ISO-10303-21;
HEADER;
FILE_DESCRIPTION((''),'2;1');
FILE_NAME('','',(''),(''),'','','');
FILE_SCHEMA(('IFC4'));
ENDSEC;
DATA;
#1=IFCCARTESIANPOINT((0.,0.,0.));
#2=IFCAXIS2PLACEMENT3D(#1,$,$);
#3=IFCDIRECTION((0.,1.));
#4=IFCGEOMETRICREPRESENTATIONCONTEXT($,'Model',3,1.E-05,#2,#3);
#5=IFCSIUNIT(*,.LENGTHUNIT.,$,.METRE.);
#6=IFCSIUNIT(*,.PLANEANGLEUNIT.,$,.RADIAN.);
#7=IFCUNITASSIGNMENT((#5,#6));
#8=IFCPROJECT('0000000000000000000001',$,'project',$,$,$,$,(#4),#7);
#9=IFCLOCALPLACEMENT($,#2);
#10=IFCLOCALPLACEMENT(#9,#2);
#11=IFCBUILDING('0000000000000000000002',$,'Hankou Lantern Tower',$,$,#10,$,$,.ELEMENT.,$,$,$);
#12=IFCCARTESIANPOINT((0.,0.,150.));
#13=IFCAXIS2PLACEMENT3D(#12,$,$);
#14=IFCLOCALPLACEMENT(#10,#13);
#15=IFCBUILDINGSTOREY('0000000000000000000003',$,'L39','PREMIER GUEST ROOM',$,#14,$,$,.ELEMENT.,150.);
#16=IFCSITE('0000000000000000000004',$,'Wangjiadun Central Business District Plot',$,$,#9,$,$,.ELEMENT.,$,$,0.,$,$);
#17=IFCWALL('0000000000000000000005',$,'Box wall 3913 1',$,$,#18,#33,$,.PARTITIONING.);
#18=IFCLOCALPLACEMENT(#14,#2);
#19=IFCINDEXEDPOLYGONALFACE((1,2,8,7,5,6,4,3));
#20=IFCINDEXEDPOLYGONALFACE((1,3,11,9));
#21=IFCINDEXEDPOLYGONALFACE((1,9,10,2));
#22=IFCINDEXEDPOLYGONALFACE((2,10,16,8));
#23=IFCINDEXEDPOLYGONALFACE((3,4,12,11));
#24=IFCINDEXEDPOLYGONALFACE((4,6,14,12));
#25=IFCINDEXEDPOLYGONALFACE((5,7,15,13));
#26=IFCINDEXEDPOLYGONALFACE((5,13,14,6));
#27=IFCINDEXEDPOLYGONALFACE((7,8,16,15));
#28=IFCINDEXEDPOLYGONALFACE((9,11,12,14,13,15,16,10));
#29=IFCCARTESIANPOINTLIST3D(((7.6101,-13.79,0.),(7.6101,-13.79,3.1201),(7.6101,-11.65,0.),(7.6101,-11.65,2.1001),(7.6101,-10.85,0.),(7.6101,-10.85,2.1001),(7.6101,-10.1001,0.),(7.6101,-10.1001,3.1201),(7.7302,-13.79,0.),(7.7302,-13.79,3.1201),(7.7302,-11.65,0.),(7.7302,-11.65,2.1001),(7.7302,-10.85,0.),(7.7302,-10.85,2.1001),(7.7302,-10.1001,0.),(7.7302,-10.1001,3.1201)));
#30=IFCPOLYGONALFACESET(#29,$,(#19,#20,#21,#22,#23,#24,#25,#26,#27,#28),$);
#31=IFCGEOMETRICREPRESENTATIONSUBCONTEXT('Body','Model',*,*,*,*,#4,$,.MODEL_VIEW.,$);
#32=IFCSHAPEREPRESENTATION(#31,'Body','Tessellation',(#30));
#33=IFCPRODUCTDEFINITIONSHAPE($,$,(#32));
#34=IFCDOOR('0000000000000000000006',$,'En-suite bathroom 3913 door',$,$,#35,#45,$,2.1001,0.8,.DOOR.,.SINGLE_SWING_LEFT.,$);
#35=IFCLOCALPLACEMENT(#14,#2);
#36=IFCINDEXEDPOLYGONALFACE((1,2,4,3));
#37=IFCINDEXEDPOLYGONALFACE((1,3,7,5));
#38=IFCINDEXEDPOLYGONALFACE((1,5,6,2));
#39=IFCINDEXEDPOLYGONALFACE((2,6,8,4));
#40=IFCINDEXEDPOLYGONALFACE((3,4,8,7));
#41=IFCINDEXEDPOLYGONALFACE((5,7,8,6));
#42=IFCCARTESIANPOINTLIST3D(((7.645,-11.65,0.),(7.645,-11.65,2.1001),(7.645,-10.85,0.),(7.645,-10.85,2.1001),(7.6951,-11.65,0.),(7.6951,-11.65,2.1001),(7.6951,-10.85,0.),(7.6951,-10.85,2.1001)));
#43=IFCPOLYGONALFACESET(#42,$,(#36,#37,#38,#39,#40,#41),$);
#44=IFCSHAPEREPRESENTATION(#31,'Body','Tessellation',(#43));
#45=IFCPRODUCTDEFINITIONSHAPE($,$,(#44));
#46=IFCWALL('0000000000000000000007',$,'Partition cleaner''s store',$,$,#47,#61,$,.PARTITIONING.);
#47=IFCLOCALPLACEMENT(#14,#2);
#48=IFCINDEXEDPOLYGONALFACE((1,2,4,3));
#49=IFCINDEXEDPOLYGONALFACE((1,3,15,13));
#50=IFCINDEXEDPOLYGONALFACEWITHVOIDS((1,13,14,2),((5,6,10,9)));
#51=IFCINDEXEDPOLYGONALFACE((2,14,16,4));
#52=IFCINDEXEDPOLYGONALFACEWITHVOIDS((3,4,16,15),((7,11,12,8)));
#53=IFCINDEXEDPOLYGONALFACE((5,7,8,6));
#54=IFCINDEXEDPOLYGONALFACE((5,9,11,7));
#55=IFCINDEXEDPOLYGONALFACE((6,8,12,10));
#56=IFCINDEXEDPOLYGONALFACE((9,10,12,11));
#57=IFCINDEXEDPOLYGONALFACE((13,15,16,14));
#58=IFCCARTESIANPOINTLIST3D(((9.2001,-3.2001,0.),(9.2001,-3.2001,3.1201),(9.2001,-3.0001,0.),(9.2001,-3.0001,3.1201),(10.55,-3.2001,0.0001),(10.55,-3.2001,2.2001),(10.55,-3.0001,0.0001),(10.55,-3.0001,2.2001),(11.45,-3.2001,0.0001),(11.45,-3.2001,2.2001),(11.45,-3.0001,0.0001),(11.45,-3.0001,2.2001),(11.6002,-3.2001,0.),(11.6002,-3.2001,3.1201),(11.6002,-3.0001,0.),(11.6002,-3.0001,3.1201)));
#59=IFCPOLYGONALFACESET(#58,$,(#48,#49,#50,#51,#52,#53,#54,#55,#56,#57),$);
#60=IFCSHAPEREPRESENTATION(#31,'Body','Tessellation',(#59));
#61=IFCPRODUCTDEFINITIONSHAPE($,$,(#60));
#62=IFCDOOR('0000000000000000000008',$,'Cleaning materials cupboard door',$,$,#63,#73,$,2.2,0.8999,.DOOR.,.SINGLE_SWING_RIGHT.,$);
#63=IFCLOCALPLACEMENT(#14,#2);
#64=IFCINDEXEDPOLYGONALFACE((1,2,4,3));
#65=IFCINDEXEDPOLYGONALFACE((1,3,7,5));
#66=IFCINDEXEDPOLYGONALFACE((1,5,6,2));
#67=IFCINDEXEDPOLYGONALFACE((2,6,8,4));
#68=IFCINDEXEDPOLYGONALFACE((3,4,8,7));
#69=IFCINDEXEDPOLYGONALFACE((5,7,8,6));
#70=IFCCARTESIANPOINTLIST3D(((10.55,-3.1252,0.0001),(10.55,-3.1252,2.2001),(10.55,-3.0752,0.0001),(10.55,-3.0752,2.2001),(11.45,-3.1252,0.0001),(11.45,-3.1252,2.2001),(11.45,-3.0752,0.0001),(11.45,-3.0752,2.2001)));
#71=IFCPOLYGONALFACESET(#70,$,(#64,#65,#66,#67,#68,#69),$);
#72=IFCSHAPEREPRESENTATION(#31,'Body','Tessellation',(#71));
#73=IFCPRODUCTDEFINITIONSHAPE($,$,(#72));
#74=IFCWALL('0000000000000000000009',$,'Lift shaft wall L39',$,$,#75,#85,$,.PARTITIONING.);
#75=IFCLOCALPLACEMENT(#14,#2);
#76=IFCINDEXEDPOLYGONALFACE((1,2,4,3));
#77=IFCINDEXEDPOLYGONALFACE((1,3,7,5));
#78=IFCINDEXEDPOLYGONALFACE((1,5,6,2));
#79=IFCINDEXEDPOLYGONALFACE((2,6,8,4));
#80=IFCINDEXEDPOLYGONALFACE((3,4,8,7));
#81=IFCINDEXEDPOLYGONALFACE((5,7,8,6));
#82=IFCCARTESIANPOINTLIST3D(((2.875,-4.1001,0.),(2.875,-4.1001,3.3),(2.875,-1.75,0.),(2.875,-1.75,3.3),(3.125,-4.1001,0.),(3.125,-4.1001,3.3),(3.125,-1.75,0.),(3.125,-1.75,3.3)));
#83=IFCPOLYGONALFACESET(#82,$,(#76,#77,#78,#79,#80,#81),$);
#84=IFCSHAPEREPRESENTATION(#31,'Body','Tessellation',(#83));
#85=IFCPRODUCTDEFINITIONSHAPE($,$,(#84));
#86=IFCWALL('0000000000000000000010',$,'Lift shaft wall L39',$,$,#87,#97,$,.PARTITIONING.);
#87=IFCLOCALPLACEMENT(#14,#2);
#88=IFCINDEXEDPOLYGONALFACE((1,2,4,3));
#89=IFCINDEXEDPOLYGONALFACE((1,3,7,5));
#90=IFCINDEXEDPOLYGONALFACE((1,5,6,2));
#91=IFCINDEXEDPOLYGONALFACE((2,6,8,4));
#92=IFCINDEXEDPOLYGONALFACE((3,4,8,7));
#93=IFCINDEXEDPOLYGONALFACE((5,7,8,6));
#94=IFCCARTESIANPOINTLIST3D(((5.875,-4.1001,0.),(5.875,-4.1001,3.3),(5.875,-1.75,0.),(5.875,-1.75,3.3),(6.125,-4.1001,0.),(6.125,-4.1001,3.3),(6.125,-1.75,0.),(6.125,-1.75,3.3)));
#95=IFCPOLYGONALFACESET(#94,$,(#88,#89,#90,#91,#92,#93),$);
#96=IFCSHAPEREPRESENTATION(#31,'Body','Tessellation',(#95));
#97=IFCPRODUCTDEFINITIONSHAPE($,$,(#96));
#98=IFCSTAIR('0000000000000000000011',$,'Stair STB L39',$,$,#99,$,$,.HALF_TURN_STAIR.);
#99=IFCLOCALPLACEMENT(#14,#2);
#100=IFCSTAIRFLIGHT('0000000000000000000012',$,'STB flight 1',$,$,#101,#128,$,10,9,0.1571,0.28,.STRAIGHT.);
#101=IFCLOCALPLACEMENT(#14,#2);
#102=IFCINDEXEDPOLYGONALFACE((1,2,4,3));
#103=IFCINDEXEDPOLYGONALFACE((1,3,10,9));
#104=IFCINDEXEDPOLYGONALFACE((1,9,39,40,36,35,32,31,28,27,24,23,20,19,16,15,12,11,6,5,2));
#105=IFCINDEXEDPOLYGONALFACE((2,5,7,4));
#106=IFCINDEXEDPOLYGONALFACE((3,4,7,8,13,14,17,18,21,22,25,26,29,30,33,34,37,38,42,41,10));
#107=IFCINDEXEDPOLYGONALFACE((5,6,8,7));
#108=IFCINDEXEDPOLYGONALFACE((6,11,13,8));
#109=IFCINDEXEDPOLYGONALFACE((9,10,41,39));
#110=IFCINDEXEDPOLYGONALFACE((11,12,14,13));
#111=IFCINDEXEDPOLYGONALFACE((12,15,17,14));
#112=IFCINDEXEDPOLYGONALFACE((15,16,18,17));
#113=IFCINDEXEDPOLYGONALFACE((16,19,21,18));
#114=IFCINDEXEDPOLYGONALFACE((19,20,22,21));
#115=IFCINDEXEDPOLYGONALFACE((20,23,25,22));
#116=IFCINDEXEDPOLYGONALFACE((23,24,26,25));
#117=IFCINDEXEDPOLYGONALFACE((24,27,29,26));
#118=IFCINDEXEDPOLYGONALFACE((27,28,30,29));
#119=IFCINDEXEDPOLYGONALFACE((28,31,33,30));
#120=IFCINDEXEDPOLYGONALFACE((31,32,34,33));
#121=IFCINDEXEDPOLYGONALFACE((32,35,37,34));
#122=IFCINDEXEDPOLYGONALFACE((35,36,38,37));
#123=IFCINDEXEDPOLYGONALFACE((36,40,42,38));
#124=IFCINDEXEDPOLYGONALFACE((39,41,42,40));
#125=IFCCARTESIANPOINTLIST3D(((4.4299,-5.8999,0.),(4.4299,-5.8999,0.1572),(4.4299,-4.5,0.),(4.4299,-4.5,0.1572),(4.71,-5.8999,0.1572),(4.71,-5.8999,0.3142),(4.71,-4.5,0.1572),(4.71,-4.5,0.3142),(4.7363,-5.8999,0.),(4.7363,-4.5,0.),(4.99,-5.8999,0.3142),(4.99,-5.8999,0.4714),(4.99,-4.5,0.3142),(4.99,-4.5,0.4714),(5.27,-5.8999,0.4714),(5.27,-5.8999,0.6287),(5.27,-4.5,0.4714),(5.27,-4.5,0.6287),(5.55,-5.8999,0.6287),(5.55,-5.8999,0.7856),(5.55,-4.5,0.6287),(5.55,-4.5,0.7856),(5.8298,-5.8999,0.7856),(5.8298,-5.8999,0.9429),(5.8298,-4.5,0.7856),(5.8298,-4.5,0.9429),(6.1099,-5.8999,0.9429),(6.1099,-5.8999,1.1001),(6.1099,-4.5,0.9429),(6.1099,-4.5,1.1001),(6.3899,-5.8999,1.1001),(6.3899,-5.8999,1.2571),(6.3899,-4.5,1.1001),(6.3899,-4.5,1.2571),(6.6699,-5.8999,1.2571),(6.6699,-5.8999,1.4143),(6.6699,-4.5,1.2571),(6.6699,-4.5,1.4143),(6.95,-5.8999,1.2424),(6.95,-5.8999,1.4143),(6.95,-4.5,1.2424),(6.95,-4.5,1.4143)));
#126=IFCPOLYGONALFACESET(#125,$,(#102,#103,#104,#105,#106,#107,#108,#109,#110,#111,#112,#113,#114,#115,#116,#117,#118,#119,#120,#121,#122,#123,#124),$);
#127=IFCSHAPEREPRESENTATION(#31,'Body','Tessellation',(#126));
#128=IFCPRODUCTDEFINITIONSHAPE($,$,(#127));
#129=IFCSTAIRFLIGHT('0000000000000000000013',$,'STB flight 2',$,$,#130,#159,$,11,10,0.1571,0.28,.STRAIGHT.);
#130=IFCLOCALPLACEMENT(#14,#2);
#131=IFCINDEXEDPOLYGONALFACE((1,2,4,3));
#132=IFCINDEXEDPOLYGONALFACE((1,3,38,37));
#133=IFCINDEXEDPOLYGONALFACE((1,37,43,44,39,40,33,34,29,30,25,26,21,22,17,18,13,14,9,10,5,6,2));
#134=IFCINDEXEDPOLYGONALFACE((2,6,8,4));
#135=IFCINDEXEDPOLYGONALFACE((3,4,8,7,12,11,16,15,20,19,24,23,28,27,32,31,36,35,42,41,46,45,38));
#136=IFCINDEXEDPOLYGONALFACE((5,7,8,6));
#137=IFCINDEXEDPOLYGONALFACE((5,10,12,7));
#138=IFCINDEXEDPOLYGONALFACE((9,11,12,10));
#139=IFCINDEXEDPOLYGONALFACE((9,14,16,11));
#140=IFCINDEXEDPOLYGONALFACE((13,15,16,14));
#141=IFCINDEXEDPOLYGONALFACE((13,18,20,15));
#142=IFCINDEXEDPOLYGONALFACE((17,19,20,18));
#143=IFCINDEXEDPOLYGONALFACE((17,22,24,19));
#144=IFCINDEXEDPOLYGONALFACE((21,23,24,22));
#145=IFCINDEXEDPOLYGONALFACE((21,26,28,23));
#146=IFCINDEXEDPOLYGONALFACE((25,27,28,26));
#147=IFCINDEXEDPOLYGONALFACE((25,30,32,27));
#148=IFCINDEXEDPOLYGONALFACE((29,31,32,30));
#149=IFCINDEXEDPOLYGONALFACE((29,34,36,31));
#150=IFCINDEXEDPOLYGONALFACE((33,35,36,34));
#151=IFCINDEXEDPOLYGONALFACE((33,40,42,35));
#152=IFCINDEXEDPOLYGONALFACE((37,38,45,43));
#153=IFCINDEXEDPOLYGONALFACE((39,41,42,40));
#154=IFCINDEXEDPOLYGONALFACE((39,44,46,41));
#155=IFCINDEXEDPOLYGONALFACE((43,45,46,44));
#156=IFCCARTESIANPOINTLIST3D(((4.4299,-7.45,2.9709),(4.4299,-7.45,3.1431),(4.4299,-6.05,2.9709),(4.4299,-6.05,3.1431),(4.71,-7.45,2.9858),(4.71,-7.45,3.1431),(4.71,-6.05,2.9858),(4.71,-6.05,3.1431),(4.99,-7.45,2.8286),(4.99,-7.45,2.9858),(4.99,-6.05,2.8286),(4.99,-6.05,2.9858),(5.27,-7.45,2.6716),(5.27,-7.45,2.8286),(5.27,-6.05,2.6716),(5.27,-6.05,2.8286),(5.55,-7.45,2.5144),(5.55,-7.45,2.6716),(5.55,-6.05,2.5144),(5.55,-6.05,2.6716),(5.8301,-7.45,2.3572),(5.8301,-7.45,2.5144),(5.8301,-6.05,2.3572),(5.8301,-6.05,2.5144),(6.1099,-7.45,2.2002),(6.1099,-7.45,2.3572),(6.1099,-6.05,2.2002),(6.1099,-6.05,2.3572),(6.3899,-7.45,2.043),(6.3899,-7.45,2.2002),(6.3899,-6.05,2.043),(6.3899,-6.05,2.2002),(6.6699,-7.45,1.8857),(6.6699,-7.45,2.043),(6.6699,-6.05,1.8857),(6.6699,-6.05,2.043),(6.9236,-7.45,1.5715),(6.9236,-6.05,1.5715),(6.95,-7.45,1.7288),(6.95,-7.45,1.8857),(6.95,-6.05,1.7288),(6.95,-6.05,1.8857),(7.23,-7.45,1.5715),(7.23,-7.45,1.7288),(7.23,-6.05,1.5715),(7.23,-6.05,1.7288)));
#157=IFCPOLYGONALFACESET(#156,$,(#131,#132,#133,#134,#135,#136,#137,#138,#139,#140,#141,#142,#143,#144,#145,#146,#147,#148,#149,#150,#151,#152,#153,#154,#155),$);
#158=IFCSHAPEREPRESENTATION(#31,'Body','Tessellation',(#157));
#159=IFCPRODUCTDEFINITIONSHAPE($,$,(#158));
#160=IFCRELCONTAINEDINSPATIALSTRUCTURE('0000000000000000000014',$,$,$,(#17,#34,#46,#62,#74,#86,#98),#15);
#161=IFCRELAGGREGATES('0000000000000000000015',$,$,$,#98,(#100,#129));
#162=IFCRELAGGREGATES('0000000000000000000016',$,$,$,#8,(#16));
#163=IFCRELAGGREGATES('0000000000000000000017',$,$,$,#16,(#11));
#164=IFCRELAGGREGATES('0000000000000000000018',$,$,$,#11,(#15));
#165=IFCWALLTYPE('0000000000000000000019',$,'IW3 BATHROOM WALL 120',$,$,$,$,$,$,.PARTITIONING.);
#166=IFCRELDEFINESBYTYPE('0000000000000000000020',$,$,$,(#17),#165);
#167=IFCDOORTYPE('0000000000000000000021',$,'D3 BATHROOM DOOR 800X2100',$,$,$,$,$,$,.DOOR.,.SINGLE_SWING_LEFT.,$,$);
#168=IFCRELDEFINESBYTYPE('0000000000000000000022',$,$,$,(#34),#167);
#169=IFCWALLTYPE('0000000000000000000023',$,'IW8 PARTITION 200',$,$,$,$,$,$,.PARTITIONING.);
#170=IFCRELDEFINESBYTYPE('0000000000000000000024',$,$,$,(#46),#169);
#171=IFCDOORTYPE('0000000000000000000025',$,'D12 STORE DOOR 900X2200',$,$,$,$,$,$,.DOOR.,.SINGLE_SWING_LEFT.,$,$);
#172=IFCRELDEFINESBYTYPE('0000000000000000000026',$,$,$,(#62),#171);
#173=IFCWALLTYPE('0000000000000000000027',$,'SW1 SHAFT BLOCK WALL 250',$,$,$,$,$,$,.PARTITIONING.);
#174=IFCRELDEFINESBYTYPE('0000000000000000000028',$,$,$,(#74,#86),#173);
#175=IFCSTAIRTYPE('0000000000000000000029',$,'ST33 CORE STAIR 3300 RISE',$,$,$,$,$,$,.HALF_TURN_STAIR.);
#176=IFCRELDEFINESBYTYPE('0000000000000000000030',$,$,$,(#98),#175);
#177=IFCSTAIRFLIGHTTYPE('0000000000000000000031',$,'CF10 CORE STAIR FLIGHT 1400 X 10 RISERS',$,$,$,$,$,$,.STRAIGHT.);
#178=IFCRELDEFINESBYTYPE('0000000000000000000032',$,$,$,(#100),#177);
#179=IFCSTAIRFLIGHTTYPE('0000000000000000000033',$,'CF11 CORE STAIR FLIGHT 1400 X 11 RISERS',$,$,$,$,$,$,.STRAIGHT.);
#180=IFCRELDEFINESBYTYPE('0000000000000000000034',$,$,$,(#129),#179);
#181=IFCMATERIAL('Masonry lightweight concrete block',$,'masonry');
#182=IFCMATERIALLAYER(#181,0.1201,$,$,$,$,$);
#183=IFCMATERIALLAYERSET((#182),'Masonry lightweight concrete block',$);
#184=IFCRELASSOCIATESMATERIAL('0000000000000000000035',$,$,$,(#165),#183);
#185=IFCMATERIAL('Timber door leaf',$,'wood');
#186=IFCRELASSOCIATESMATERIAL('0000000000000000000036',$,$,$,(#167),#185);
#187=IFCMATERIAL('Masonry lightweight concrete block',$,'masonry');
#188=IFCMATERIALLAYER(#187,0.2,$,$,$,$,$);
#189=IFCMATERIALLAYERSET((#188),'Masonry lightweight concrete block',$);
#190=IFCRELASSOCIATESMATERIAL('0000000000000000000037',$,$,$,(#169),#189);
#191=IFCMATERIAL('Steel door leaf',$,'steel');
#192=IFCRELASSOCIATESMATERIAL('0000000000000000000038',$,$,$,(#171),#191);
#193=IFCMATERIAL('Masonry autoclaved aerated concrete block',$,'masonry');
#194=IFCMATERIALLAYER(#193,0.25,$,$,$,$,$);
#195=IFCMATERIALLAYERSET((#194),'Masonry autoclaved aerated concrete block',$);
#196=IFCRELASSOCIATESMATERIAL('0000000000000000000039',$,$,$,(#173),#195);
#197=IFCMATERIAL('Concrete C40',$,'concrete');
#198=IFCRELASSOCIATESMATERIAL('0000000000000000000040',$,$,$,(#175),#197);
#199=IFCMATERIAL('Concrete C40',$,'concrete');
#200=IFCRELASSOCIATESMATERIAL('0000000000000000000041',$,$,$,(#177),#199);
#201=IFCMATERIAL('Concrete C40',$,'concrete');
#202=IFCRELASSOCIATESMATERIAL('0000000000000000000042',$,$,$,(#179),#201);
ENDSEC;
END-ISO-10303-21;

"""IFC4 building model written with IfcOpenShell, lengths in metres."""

from ifc_helpers import new_model, si_unit, direction, frame, frame_2d, origin, place, context, subcontext, project, spatial, polyline, rectangle, outline, extrude, material, layer, layer_set, type_object, element, fill, aggregate, save


model = new_model("IFC4")

# Units and contexts
model_context = context("Model", 3, precision=1e-05, world=origin(), true_north=direction((0.0, 1.0)))
body_context = subcontext(model_context, "Body", "Model", "MODEL_VIEW")
ifc_project = project(units=[si_unit("LENGTHUNIT", "METRE"), si_unit("PLANEANGLEUNIT", "RADIAN")], contexts=[model_context])

# Site, building, storey
site_placement = place(None, origin())
site = spatial("IfcSite", under=ifc_project, at=site_placement, Name="Wangjiadun Central Business District Plot", CompositionType="ELEMENT", RefElevation=0.0)
building_placement = place(site_placement, origin())
building = spatial("IfcBuilding", under=site, at=building_placement, Name="Hankou Lantern Tower", CompositionType="ELEMENT")
storey_placement = place(building_placement, frame((0.0, 0.0, 150.0)))
storey = spatial("IfcBuildingStorey", under=building, at=storey_placement, Name="L39", Description="PREMIER GUEST ROOM", CompositionType="ELEMENT", Elevation=150.0)

# Walls, openings, doors
ifc_material_1 = material(Name="Masonry lightweight concrete block", Category="masonry")
ifc_layer_1 = layer(ifc_material_1, 0.1201)
ifc_layer_set_1 = layer_set([ifc_layer_1], Name="Masonry lightweight concrete block")
wall_type_1 = type_object("IfcWallType", Name="IW3 BATHROOM WALL 120", PredefinedType="PARTITIONING", material=ifc_layer_set_1)
wall_1_placement = place(storey_placement, frame((7.6702, -10.1001, 0.0), z_axis=(0.0, 0.0, 1.0), x_axis=(0.0, -1.0, 0.0)))
wall_1 = element("IfcWall", 1, at=wall_1_placement, inside=storey, type_object=wall_type_1, Name="Box wall 3913 1", PredefinedType="PARTITIONING", context=body_context, shape_type="SweptSolid", body=[
    extrude(rectangle(XDim=3.6899, YDim=0.1201, at=frame_2d((1.845, 0.0))), origin(), (0.0, 0.0, 1.0), 3.1201),
])
opening_1_placement = place(wall_1_placement, frame((0.75, 0.0, 0.0)))
opening_1 = element("IfcOpeningElement", 2, at=opening_1_placement, cuts=wall_1, PredefinedType="OPENING", context=body_context, shape_type="SweptSolid", body=[
    extrude(rectangle(XDim=0.8, YDim=2.1001, at=frame_2d((0.3999, 1.05))), frame((0.0, 0.0701, 0.0), z_axis=(0.0, -1.0, 0.0), x_axis=(1.0, 0.0, 0.0)), (0.0, 0.0, 1.0), 0.1401),
])
ifc_material_2 = material(Name="Timber door leaf", Category="wood")
door_type_1 = type_object("IfcDoorType", Name="D3 BATHROOM DOOR 800X2100", OperationType="SINGLE_SWING_LEFT", PredefinedType="DOOR", material=ifc_material_2)
door_1_placement = place(opening_1_placement, origin())
door_1 = element("IfcDoor", 3, at=door_1_placement, inside=storey, type_object=door_type_1, Name="En-suite bathroom 3913 door", OperationType="SINGLE_SWING_LEFT", OverallHeight=2.1001, OverallWidth=0.8, PredefinedType="DOOR", context=body_context, shape_type="SweptSolid", body=[
    extrude(rectangle(XDim=0.8, YDim=2.1001, at=frame_2d((0.3999, 1.05))), frame((0.0, 0.0249, 0.0), z_axis=(0.0, -1.0, 0.0), x_axis=(1.0, 0.0, 0.0)), (0.0, 0.0, 1.0), 0.05),
])
fill(opening_1, door_1)
ifc_material_3 = material(Name="Masonry lightweight concrete block", Category="masonry")
ifc_layer_2 = layer(ifc_material_3, 0.2)
ifc_layer_set_2 = layer_set([ifc_layer_2], Name="Masonry lightweight concrete block")
wall_type_2 = type_object("IfcWallType", Name="IW8 PARTITION 200", PredefinedType="PARTITIONING", material=ifc_layer_set_2)
wall_2_placement = place(storey_placement, frame((9.2, -3.1001, 0.0), z_axis=(0.0, 0.0, 1.0), x_axis=(1.0, 0.0, 0.0)))
wall_2 = element("IfcWall", 4, at=wall_2_placement, inside=storey, type_object=wall_type_2, Name="Partition cleaner's store", PredefinedType="PARTITIONING", context=body_context, shape_type="SweptSolid", body=[
    extrude(rectangle(XDim=2.4001, YDim=0.2, at=frame_2d((1.2002, 0.0))), origin(), (0.0, 0.0, 1.0), 3.1201),
])
opening_2_placement = place(wall_2_placement, frame((1.3501, 0.0, 0.0)))
opening_2 = element("IfcOpeningElement", 5, at=opening_2_placement, cuts=wall_2, PredefinedType="OPENING", context=body_context, shape_type="SweptSolid", body=[
    extrude(rectangle(XDim=0.8999, YDim=2.2, at=frame_2d((0.45, 1.1001))), frame((0.0, 0.1099, 0.0), z_axis=(0.0, -1.0, 0.0), x_axis=(1.0, 0.0, 0.0)), (0.0, 0.0, 1.0), 0.22),
])
ifc_material_4 = material(Name="Steel door leaf", Category="steel")
door_type_2 = type_object("IfcDoorType", Name="D12 STORE DOOR 900X2200", OperationType="SINGLE_SWING_LEFT", PredefinedType="DOOR", material=ifc_material_4)
door_2_placement = place(opening_2_placement, origin())
door_2 = element("IfcDoor", 6, at=door_2_placement, inside=storey, type_object=door_type_2, Name="Cleaning materials cupboard door", OperationType="SINGLE_SWING_RIGHT", OverallHeight=2.2, OverallWidth=0.8999, PredefinedType="DOOR", context=body_context, shape_type="SweptSolid", body=[
    extrude(rectangle(XDim=0.8999, YDim=2.2, at=frame_2d((0.45, 1.1001))), frame((0.0, 0.0249, 0.0), z_axis=(0.0, -1.0, 0.0), x_axis=(1.0, 0.0, 0.0)), (0.0, 0.0, 1.0), 0.05),
])
fill(opening_2, door_2)

# Walls
ifc_material_5 = material(Name="Masonry autoclaved aerated concrete block", Category="masonry")
ifc_layer_3 = layer(ifc_material_5, 0.25)
ifc_layer_set_3 = layer_set([ifc_layer_3], Name="Masonry autoclaved aerated concrete block")
wall_type_3 = type_object("IfcWallType", Name="SW1 SHAFT BLOCK WALL 250", PredefinedType="PARTITIONING", material=ifc_layer_set_3)
for number, where, z_axis, x_axis, name in (
    (7, (3.0, -4.1001, 0.0), (0.0, 0.0, 1.0), (0.0, 1.0, 0.0), "Lift shaft wall L39"),
    (8, (6.0, -4.1001, 0.0), (0.0, 0.0, 1.0), (0.0, 1.0, 0.0), "Lift shaft wall L39"),
):
    element("IfcWall", number, at=place(storey_placement, frame(where, z_axis=z_axis, x_axis=x_axis)), inside=storey, type_object=wall_type_3, Name=name, PredefinedType="PARTITIONING", context=body_context, shape_type="SweptSolid", body=[
        extrude(rectangle(XDim=2.3501, YDim=0.25, at=frame_2d((1.175, 0.0))), origin(), (0.0, 0.0, 1.0), 3.3),
    ])

# Stair, stair flights
ifc_material_6 = material(Name="Concrete C40", Category="concrete")
stair_type = type_object("IfcStairType", Name="ST33 CORE STAIR 3300 RISE", PredefinedType="HALF_TURN_STAIR", material=ifc_material_6)
stair_placement = place(storey_placement, origin())
stair = element("IfcStair", 9, at=stair_placement, inside=storey, type_object=stair_type, Name="Stair STB L39", PredefinedType="HALF_TURN_STAIR")
ifc_material_7 = material(Name="Concrete C40", Category="concrete")
stair_flight_type_1 = type_object("IfcStairFlightType", Name="CF10 CORE STAIR FLIGHT 1400 X 10 RISERS", PredefinedType="STRAIGHT", material=ifc_material_7)
stair_flight_1_placement = place(storey_placement, frame((4.4299, -5.2, 0.0), z_axis=(0.0, 0.0, 1.0), x_axis=(1.0, 0.0, 0.0)))
stair_flight_1 = element("IfcStairFlight", 10, at=stair_flight_1_placement, type_object=stair_flight_type_1, Name="STB flight 1", NumberOfRisers=10, NumberOfTreads=9, PredefinedType="STRAIGHT", RiserHeight=0.1571, TreadLength=0.28, context=body_context, shape_type="SweptSolid", body=[
    extrude(outline(polyline([(0.0, 0.0), (0.0, 0.1572), (0.28, 0.1572), (0.28, 0.3142), (0.5601, 0.3142), (0.5601, 0.4714), (0.8401, 0.4714), (0.8401, 0.6287), (1.1201, 0.6287), (1.1201, 0.7856), (1.3999, 0.7856), (1.3999, 0.9429), (1.6799, 0.9429), (1.6799, 1.1001), (1.96, 1.1001), (1.96, 1.2571), (2.24, 1.2571), (2.24, 1.4143), (2.52, 1.4143), (2.52, 1.5715), (2.52, 1.2424), (0.3064, 0.0), (0.0, 0.0)])), frame((0.0, 0.7, 0.0), z_axis=(0.0, -1.0, 0.0), x_axis=(1.0, 0.0, 0.0)), (0.0, 0.0, 1.0), 1.3999),
])
ifc_material_8 = material(Name="Concrete C40", Category="concrete")
stair_flight_type_2 = type_object("IfcStairFlightType", Name="CF11 CORE STAIR FLIGHT 1400 X 11 RISERS", PredefinedType="STRAIGHT", material=ifc_material_8)
stair_flight_2_placement = place(storey_placement, frame((7.23, -6.75, 1.5715), z_axis=(0.0, 0.0, 1.0), x_axis=(-1.0, 0.0, 0.0)))
stair_flight_2 = element("IfcStairFlight", 11, at=stair_flight_2_placement, type_object=stair_flight_type_2, Name="STB flight 2", NumberOfRisers=11, NumberOfTreads=10, PredefinedType="STRAIGHT", RiserHeight=0.1571, TreadLength=0.28, context=body_context, shape_type="SweptSolid", body=[
    extrude(outline(polyline([(0.0, 0.0), (0.0, 0.1572), (0.28, 0.1572), (0.28, 0.3142), (0.5601, 0.3142), (0.5601, 0.4714), (0.8401, 0.4714), (0.8401, 0.6287), (1.1201, 0.6287), (1.1201, 0.7856), (1.3999, 0.7856), (1.3999, 0.9429), (1.6799, 0.9429), (1.6799, 1.1001), (1.96, 1.1001), (1.96, 1.2571), (2.24, 1.2571), (2.24, 1.4143), (2.52, 1.4143), (2.52, 1.5715), (2.8, 1.5715), (2.8, 1.7285), (2.8, 1.3994), (0.3064, 0.0), (0.0, 0.0)])), frame((0.0, 0.7, 0.0), z_axis=(0.0, -1.0, 0.0), x_axis=(1.0, 0.0, 0.0)), (0.0, 0.0, 1.0), 1.3999),
])
aggregate(stair, [stair_flight_1, stair_flight_2])

save(model, "model.ifc")
